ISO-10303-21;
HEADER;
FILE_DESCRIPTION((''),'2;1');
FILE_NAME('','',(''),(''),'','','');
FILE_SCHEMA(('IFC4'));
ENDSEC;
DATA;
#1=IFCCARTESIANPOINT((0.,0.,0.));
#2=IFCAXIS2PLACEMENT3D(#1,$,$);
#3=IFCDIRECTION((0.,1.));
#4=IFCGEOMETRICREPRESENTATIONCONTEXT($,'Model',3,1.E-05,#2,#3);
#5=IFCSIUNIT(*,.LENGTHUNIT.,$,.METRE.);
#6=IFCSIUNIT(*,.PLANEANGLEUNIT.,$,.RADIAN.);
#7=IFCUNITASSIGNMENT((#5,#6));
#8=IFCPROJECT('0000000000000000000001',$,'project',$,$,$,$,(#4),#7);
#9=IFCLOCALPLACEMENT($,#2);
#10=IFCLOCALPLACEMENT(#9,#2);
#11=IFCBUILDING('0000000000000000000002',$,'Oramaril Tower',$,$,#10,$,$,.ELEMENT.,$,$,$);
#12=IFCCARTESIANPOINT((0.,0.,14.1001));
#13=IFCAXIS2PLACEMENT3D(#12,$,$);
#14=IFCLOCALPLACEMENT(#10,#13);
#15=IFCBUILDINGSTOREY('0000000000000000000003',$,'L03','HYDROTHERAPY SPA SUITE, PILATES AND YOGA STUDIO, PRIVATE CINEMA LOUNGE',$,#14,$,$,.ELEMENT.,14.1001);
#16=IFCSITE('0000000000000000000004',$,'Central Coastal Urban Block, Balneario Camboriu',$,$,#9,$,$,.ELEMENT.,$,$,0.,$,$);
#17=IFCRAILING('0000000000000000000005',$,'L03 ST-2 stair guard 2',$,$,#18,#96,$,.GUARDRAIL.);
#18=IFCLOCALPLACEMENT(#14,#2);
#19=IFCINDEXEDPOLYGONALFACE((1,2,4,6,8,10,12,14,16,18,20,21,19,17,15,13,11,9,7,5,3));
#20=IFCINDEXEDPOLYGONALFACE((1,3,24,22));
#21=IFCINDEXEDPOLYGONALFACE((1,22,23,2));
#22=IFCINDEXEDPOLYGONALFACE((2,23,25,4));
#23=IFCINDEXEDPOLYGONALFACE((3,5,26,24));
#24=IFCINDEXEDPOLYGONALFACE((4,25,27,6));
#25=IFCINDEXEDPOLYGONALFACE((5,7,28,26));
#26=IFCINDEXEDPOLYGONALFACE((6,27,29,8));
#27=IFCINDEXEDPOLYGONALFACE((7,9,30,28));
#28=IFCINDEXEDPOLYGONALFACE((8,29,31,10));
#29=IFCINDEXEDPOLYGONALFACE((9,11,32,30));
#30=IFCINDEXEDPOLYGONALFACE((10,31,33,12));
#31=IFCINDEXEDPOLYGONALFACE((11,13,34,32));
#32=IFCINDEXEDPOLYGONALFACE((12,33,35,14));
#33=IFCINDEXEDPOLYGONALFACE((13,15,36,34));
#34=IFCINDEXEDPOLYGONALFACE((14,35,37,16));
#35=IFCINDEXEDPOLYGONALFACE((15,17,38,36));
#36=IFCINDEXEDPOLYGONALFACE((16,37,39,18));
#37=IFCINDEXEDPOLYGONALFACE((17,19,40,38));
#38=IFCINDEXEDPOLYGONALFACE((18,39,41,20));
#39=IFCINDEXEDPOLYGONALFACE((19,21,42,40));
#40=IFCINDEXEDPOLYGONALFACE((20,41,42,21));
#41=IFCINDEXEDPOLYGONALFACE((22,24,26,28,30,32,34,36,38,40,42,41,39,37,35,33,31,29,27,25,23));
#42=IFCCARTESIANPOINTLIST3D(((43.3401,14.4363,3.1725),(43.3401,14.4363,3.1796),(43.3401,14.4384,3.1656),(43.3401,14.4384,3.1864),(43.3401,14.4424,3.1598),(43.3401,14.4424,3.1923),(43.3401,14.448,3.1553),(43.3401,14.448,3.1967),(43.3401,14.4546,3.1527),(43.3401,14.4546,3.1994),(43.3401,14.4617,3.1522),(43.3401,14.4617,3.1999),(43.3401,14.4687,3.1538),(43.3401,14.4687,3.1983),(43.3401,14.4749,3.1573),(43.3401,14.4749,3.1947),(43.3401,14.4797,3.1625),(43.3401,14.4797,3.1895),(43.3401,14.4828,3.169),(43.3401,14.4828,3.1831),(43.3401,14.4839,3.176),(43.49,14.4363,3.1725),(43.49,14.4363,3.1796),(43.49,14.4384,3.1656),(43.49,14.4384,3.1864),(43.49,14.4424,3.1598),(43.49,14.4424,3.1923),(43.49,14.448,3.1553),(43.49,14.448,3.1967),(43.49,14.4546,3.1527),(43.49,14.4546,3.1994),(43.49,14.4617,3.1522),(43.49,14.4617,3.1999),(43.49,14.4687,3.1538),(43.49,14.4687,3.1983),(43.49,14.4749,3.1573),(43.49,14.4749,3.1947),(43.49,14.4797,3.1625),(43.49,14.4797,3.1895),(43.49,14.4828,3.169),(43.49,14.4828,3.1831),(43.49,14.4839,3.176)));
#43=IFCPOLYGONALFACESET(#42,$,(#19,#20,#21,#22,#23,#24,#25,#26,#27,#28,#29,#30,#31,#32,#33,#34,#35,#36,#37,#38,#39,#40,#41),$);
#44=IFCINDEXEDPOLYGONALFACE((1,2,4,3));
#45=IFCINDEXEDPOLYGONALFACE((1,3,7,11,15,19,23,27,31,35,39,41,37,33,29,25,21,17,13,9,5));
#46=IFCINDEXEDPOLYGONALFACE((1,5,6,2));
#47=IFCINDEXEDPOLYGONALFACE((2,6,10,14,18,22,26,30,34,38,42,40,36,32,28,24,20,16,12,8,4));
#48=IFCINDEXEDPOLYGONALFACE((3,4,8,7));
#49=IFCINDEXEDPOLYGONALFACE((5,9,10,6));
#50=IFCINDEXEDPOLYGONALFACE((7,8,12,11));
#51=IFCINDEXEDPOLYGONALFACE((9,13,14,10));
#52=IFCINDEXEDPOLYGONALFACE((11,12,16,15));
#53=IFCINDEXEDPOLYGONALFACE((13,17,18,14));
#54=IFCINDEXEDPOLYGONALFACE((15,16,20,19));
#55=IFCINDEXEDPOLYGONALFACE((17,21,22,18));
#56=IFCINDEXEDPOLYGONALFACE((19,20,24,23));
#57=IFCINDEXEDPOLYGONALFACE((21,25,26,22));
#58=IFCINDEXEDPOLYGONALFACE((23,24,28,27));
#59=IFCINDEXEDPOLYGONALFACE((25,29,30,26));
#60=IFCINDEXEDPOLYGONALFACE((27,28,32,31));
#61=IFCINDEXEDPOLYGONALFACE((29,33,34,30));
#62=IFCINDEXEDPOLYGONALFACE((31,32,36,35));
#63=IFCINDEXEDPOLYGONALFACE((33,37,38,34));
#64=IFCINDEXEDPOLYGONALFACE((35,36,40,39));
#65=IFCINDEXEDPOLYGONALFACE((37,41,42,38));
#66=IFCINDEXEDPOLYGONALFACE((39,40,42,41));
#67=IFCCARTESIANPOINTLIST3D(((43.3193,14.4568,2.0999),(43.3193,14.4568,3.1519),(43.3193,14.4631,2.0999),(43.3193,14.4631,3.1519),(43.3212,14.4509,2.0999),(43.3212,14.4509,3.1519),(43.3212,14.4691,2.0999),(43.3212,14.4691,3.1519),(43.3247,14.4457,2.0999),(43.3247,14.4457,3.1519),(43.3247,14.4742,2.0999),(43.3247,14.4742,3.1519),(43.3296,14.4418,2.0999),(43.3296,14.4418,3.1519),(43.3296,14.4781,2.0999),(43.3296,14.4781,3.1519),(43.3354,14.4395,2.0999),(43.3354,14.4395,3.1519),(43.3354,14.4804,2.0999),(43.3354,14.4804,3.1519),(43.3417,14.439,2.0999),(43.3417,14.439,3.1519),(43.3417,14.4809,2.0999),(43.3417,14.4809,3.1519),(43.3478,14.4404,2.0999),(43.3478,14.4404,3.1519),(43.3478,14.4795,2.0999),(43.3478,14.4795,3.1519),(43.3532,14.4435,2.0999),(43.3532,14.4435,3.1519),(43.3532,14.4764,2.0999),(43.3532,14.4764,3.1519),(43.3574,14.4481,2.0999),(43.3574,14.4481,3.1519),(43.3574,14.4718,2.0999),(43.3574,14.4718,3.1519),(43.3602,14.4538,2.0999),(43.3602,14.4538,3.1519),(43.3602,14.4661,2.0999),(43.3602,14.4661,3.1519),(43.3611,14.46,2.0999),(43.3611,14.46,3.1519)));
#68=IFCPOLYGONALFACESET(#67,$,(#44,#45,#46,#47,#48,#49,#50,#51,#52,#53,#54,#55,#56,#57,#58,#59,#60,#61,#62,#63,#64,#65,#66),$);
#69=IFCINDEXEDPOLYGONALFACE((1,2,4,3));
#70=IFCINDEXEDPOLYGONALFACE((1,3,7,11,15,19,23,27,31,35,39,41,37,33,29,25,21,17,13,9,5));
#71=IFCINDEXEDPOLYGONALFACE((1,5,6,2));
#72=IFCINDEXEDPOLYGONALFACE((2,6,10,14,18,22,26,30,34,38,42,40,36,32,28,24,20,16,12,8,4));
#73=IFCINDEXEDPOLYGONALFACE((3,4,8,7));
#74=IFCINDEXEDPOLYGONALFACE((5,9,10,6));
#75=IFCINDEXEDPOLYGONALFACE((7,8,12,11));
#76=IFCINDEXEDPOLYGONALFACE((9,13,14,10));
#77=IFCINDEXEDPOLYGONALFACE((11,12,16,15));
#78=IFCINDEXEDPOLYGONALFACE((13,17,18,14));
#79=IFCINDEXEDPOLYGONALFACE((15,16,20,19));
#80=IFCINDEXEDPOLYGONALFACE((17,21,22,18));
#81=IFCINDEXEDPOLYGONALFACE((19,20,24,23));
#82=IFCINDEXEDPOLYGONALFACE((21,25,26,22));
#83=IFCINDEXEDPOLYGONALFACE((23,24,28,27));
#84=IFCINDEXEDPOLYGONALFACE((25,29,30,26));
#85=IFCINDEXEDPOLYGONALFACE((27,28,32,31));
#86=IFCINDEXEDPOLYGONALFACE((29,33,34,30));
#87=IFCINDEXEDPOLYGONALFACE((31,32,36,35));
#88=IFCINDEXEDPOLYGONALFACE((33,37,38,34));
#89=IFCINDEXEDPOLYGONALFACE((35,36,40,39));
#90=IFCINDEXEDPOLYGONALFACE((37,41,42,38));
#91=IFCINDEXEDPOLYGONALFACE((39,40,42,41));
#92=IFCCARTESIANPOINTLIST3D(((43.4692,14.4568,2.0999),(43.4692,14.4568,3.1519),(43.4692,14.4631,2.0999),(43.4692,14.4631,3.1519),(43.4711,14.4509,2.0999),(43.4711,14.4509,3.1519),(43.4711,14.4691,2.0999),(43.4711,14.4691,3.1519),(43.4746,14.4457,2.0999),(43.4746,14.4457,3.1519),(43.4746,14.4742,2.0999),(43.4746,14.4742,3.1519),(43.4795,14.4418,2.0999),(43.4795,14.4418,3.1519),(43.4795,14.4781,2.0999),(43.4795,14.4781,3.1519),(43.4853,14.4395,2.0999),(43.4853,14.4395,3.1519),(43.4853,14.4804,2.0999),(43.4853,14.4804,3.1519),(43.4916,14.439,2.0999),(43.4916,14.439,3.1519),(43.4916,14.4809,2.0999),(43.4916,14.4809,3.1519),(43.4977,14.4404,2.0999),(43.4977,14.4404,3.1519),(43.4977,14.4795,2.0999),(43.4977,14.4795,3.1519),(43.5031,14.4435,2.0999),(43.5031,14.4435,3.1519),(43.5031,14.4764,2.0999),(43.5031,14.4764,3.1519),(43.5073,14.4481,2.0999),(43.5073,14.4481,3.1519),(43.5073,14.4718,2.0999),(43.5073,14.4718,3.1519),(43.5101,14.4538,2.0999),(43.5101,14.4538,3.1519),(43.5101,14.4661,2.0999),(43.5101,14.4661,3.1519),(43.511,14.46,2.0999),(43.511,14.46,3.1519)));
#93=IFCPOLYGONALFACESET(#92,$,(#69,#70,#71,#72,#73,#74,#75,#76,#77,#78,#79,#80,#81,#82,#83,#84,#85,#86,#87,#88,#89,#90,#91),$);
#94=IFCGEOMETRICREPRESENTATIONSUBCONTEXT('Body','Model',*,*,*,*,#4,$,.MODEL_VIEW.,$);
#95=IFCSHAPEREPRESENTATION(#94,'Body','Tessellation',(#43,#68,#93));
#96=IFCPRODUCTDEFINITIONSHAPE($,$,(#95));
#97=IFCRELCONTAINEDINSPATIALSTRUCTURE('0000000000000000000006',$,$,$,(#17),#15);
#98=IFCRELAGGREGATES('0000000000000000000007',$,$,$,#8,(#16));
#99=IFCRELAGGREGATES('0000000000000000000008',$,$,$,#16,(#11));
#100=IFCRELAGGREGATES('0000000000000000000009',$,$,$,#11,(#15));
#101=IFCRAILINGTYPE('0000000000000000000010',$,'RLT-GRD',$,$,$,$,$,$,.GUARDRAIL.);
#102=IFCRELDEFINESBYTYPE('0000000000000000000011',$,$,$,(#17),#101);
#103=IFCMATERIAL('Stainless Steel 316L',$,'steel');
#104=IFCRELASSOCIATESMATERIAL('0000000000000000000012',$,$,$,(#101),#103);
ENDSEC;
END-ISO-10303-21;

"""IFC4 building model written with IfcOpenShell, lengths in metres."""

from ifc_helpers import new_model, si_unit, direction, frame, origin, origin_2d, place, context, subcontext, project, spatial, circle, extrude, material, type_object, element, save


model = new_model("IFC4")

# Units and contexts
model_context = context("Model", 3, precision=1e-05, world=origin(), true_north=direction((0.0, 1.0)))
body_context = subcontext(model_context, "Body", "Model", "MODEL_VIEW")
ifc_project = project(units=[si_unit("LENGTHUNIT", "METRE"), si_unit("PLANEANGLEUNIT", "RADIAN")], contexts=[model_context])

# Site, building, storey
site_placement = place(None, origin())
site = spatial("IfcSite", under=ifc_project, at=site_placement, Name="Central Coastal Urban Block, Balneario Camboriu", CompositionType="ELEMENT", RefElevation=0.0)
building_placement = place(site_placement, origin())
building = spatial("IfcBuilding", under=site, at=building_placement, Name="Oramaril Tower", CompositionType="ELEMENT")
storey_placement = place(building_placement, frame((0.0, 0.0, 14.1001)))
storey = spatial("IfcBuildingStorey", under=building, at=storey_placement, Name="L03", Description="HYDROTHERAPY SPA SUITE, PILATES AND YOGA STUDIO, PRIVATE CINEMA LOUNGE", CompositionType="ELEMENT", Elevation=14.1001)

# Railing
ifc_material_1 = material(Name="Stainless Steel 316L", Category="steel")
railing_type_1 = type_object("IfcRailingType", Name="RLT-GRD", PredefinedType="GUARDRAIL", material=ifc_material_1)
railing_1_placement = place(storey_placement, frame((43.3401, 14.46, 2.0999)))
element("IfcRailing", 1, at=railing_1_placement, inside=storey, type_object=railing_type_1, Name="L03 ST-2 stair guard 2", PredefinedType="GUARDRAIL", context=body_context, shape_type="SweptSolid", body=[
    extrude(circle(Radius=0.0239, at=origin_2d()), frame((0.0, 0.0, 1.0762), z_axis=(1.0, 0.0, 0.0), x_axis=(0.0, 1.0, 0.0)), (0.0, 0.0, 1.0), 0.1499),
    extrude(circle(Radius=0.021, at=origin_2d()), origin(), (0.0, 0.0, 1.0), 1.052),
    extrude(circle(Radius=0.021, at=origin_2d()), frame((0.1499, 0.0, 0.0)), (0.0, 0.0, 1.0), 1.052),
])

save(model, "model.ifc")
